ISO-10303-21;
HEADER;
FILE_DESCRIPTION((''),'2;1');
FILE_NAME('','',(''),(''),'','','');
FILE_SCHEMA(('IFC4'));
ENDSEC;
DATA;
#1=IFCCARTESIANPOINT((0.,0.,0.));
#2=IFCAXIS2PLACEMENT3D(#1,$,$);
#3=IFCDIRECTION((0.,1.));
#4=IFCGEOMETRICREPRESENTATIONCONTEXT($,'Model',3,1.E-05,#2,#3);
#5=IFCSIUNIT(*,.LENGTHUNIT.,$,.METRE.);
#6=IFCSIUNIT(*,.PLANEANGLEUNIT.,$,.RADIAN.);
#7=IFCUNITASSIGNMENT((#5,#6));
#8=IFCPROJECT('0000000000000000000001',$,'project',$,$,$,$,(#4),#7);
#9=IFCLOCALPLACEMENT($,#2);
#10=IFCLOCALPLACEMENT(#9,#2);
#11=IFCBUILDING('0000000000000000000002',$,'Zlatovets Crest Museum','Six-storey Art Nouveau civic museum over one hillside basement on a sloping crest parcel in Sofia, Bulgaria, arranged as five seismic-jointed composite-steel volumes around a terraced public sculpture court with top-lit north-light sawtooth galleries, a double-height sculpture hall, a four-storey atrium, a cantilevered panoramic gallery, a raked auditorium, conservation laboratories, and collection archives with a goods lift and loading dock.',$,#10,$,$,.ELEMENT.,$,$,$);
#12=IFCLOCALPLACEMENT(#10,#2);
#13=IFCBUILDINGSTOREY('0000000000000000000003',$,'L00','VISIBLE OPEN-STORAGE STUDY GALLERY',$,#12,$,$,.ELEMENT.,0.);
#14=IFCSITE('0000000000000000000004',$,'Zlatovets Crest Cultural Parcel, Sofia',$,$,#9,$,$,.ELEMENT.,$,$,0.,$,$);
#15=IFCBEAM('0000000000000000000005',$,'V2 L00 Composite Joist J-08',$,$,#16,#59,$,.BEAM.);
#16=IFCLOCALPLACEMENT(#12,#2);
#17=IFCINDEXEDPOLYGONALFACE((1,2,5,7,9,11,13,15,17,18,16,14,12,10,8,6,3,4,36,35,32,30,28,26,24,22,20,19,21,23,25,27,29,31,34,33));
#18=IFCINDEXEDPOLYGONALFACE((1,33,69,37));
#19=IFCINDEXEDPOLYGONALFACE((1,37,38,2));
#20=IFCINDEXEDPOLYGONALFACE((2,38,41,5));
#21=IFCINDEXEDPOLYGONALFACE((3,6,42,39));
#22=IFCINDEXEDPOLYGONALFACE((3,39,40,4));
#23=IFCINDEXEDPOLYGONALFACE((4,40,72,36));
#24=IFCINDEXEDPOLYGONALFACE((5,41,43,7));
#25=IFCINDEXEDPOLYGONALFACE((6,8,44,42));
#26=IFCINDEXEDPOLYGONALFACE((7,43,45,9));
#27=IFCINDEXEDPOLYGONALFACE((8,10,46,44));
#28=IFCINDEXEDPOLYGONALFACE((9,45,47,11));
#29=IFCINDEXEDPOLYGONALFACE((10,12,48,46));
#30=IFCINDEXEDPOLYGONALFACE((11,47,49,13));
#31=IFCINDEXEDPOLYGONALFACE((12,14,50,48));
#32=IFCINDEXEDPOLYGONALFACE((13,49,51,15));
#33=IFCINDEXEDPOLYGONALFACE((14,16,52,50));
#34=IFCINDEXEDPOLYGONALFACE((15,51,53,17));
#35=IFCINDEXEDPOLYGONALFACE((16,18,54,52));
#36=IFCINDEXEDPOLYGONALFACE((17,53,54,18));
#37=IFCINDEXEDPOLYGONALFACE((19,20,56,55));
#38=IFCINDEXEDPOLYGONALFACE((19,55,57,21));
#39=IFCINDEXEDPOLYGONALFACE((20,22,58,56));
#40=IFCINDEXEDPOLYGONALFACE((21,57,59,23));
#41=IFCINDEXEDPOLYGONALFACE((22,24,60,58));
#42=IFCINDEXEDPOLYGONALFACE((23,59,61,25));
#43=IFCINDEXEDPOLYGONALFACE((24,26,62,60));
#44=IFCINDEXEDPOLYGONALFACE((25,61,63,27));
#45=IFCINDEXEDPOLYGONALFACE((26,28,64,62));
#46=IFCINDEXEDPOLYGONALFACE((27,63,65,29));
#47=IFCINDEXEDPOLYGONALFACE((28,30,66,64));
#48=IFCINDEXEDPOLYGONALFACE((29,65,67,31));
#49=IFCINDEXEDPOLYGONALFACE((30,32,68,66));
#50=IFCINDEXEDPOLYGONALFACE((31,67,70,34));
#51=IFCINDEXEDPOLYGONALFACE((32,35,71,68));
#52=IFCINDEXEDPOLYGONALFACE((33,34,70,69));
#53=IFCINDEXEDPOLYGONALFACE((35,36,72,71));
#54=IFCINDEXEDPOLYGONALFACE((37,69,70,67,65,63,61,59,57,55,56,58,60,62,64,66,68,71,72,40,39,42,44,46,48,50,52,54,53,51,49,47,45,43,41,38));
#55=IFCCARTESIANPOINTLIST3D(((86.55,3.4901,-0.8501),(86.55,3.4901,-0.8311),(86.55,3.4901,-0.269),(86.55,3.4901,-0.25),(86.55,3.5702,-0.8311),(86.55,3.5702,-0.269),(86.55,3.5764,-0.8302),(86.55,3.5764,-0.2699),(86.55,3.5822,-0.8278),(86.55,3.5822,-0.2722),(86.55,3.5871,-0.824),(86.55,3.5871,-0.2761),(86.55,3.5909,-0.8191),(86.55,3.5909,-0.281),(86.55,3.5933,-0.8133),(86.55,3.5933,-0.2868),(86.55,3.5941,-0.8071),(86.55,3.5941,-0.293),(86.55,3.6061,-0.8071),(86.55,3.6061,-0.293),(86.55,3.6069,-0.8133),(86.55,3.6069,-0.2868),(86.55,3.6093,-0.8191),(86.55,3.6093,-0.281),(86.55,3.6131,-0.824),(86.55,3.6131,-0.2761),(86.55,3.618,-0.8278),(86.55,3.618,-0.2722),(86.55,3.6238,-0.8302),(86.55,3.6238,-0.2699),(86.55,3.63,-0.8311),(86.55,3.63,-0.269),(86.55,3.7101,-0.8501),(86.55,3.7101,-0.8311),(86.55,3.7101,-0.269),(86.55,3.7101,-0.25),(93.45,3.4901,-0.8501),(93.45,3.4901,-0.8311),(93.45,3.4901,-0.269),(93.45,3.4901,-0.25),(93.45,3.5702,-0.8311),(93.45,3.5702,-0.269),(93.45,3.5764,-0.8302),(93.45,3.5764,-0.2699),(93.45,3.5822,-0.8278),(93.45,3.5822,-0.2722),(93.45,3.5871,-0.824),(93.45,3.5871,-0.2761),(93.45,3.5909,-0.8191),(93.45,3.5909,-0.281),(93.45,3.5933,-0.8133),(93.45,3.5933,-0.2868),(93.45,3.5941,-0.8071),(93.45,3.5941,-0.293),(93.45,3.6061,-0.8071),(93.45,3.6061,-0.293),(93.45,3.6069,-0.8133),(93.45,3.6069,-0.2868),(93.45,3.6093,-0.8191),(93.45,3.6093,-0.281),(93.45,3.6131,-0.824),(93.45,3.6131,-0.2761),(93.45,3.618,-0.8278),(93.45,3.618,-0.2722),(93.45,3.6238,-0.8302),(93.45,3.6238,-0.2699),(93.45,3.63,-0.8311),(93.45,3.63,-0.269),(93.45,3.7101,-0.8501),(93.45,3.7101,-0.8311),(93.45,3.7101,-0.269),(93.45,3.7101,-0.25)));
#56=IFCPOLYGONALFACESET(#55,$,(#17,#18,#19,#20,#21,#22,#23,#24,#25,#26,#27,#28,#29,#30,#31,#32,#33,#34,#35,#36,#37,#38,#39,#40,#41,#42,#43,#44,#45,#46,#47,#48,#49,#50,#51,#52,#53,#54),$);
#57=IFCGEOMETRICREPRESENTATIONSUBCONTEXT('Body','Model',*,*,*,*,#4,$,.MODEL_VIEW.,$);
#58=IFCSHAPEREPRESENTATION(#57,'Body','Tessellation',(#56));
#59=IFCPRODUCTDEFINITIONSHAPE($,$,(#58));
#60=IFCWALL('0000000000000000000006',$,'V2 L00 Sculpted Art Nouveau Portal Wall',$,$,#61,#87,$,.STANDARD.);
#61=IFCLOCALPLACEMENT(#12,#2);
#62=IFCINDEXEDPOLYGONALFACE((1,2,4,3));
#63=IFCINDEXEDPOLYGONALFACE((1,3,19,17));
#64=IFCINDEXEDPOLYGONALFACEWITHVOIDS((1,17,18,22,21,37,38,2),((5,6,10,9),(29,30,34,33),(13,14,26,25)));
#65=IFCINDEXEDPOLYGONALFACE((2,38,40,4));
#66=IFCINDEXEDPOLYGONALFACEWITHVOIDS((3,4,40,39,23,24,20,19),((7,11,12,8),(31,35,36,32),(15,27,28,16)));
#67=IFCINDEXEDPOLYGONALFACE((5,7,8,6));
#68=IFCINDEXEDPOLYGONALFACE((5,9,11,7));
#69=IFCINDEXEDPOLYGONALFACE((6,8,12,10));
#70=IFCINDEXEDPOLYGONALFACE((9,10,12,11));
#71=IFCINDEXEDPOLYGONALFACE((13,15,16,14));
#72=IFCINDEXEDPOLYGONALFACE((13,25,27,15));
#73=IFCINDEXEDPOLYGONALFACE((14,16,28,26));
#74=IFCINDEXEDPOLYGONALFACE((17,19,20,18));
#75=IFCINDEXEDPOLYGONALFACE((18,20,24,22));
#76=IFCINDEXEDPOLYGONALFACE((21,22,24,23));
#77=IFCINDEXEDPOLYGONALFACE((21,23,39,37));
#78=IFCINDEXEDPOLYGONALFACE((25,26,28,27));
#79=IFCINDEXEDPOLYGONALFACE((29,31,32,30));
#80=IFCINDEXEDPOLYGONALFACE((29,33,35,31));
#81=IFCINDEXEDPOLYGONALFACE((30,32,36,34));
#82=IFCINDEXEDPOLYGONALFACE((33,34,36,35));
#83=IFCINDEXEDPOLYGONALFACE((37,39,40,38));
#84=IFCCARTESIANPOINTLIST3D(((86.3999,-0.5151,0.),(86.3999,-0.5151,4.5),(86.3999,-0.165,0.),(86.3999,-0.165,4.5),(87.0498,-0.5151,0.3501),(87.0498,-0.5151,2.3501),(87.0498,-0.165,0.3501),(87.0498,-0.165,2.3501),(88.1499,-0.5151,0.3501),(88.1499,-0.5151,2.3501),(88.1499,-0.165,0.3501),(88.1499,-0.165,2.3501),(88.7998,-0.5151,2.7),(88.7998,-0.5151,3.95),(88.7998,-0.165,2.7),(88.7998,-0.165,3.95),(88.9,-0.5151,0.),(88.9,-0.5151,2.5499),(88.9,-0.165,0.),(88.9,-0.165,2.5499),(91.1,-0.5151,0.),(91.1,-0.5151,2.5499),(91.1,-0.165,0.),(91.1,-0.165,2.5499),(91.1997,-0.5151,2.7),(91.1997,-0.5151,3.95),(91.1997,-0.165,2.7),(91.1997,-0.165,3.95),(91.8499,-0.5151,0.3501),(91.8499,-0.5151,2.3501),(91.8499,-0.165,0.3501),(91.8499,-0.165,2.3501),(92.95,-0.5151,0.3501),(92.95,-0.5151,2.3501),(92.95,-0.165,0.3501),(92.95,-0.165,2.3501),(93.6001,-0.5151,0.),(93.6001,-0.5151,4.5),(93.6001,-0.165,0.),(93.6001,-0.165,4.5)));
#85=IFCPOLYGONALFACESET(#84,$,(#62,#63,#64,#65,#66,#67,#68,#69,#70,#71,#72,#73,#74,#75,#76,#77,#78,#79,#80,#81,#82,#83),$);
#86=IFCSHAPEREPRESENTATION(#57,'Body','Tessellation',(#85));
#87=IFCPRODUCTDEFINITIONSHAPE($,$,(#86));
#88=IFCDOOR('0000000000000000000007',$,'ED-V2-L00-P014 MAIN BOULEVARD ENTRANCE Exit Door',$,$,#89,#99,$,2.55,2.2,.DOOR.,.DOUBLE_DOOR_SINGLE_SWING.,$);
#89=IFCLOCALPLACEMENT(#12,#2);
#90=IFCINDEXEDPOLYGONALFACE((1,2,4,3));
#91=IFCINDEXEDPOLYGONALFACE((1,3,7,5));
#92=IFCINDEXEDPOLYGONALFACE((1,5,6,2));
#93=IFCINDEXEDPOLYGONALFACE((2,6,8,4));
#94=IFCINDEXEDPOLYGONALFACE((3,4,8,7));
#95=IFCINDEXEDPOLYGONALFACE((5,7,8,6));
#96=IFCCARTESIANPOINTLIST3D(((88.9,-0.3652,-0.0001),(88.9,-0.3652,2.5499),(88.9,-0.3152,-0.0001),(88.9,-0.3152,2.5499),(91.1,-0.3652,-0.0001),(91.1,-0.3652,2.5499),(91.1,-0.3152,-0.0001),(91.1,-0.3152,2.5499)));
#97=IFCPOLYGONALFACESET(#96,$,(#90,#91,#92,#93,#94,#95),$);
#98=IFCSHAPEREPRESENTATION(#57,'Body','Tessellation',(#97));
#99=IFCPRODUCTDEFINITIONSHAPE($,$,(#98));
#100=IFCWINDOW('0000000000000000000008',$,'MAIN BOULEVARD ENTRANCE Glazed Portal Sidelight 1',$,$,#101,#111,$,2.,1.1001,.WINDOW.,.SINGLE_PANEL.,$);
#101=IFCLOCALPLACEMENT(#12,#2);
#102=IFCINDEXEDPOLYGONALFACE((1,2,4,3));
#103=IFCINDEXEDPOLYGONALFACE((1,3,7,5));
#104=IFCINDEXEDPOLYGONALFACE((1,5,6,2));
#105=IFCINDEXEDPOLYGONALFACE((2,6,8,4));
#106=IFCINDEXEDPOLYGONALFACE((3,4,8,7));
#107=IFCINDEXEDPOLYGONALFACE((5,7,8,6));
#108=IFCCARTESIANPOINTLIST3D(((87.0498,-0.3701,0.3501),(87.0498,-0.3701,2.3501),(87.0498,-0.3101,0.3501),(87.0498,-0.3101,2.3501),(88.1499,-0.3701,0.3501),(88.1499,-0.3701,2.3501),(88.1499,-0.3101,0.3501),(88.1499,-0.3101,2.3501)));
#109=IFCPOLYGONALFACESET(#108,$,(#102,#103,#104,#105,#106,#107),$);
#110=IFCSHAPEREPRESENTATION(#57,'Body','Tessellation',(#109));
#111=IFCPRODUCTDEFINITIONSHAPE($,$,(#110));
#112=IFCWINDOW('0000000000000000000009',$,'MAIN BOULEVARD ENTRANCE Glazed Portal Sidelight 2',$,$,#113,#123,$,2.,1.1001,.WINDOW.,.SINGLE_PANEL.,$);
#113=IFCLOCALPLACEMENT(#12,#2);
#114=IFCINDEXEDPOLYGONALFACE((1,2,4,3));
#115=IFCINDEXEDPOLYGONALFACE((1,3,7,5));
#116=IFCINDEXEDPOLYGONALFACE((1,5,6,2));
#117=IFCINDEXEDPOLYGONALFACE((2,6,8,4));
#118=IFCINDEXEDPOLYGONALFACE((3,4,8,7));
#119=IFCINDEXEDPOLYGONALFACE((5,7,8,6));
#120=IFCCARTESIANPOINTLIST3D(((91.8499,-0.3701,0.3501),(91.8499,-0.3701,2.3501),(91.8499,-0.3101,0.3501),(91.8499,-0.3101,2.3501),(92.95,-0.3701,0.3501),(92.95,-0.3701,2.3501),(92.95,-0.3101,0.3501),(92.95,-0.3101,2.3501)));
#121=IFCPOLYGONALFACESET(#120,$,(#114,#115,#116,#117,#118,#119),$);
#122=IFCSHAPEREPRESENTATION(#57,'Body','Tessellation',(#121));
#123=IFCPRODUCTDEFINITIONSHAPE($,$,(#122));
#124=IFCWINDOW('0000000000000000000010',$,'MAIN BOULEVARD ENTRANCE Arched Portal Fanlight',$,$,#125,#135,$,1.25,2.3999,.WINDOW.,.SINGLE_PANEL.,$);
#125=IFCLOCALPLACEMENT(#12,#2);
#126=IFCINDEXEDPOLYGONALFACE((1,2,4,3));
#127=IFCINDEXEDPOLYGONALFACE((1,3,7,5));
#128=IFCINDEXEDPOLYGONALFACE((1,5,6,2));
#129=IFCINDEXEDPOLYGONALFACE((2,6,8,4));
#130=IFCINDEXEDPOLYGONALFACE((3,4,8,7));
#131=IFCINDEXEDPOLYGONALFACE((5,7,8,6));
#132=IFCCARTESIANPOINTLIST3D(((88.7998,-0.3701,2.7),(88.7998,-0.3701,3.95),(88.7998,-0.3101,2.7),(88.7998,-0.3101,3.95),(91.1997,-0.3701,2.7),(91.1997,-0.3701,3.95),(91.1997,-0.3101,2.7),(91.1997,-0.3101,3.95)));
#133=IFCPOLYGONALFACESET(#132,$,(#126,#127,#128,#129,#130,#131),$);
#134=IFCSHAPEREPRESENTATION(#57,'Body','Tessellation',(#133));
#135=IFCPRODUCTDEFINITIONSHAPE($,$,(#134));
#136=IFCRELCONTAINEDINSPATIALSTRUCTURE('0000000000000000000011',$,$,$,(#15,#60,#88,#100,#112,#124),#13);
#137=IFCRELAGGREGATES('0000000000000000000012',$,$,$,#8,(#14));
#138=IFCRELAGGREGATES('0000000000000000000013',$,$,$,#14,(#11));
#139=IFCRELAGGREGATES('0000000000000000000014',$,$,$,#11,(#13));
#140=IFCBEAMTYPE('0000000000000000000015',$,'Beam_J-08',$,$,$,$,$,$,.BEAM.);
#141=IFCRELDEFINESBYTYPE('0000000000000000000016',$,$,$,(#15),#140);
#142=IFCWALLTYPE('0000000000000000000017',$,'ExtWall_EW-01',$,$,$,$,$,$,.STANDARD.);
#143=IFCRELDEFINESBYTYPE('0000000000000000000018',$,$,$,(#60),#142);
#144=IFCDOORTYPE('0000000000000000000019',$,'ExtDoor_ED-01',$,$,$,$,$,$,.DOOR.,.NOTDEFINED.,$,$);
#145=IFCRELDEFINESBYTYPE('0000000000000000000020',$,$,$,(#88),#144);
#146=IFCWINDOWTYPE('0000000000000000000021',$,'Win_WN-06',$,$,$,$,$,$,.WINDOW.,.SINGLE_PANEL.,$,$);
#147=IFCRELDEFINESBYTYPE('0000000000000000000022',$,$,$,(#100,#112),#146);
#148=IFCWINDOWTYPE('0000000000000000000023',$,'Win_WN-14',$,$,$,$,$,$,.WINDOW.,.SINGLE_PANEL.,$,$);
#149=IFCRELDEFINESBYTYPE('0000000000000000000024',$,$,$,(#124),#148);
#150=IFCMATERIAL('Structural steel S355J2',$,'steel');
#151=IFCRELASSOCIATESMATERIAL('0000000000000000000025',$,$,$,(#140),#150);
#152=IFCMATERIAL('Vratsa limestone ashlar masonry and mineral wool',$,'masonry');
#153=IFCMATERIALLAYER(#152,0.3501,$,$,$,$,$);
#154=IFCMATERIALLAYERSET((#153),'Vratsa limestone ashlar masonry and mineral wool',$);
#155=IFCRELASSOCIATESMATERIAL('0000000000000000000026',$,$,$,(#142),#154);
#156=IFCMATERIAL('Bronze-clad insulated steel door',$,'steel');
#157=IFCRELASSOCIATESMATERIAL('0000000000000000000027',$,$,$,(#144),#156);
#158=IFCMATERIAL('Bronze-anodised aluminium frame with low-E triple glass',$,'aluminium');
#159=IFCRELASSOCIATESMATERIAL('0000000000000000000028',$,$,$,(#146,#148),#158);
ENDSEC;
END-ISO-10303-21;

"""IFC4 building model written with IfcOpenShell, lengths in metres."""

from ifc_helpers import new_model, si_unit, direction, frame, frame_2d, origin, origin_2d, place, context, subcontext, project, spatial, rectangle, i_section, extrude, material, layer, layer_set, material_profile, profile_set, type_object, element, fill, save


model = new_model("IFC4")

# Units and contexts
model_context = context("Model", 3, precision=1e-05, world=origin(), true_north=direction((0.0, 1.0)))
body_context = subcontext(model_context, "Body", "Model", "MODEL_VIEW")
ifc_project = project(units=[si_unit("LENGTHUNIT", "METRE"), si_unit("PLANEANGLEUNIT", "RADIAN")], contexts=[model_context])

# Site, building, storey
site_placement = place(None, origin())
site = spatial("IfcSite", under=ifc_project, at=site_placement, Name="Zlatovets Crest Cultural Parcel, Sofia", CompositionType="ELEMENT", RefElevation=0.0)
building_placement = place(site_placement, origin())
building = spatial("IfcBuilding", under=site, at=building_placement, Name="Zlatovets Crest Museum", Description="Six-storey Art Nouveau civic museum over one hillside basement on a sloping crest parcel in Sofia, Bulgaria, arranged as five seismic-jointed composite-steel volumes around a terraced public sculpture court with top-lit north-light sawtooth galleries, a double-height sculpture hall, a four-storey atrium, a cantilevered panoramic gallery, a raked auditorium, conservation laboratories, and collection archives with a goods lift and loading dock.", CompositionType="ELEMENT")
storey_placement = place(building_placement, origin())
storey = spatial("IfcBuildingStorey", under=building, at=storey_placement, Name="L00", Description="VISIBLE OPEN-STORAGE STUDY GALLERY", CompositionType="ELEMENT", Elevation=0.0)

# Shared definitions
ifc_material_1 = material(Name="Structural steel S355J2", Category="steel")

# Beam
ifc_material_profile_1 = material_profile(ifc_material_1, i_section(OverallWidth=0.22, OverallDepth=0.6001, WebThickness=0.012, FlangeThickness=0.019, FilletRadius=0.0239, at=origin_2d()), Name="IPE 600")
ifc_profile_set_1 = profile_set([ifc_material_profile_1], Name="Structural steel S355J2")
beam_type_1 = type_object("IfcBeamType", Name="Beam_J-08", PredefinedType="BEAM", material=ifc_profile_set_1)
for number, where, z_axis, x_axis, name in (
    (1, (86.55, 3.6001, -0.55), (1.0, 0.0, 0.0), (0.0, 1.0, 0.0), "V2 L00 Composite Joist J-08"),
):
    element("IfcBeam", number, at=place(storey_placement, frame(where, z_axis=z_axis, x_axis=x_axis)), inside=storey, type_object=beam_type_1, Name=name, PredefinedType="BEAM", context=body_context, shape_type="SweptSolid", body=[
        extrude(i_section(OverallWidth=0.22, OverallDepth=0.6001, WebThickness=0.012, FlangeThickness=0.019, FilletRadius=0.0239, at=origin_2d()), origin(), (0.0, 0.0, 1.0), 6.8999),
    ])

# Wall, openings, door, windows
ifc_material_2 = material(Name="Vratsa limestone ashlar masonry and mineral wool", Category="masonry")
ifc_layer_1 = layer(ifc_material_2, 0.3501)
ifc_layer_set_1 = layer_set([ifc_layer_1], Name="Vratsa limestone ashlar masonry and mineral wool")
wall_type = type_object("IfcWallType", Name="ExtWall_EW-01", PredefinedType="STANDARD", material=ifc_layer_set_1)
wall_1_placement = place(storey_placement, frame((86.3999, -0.3401, 0.0), z_axis=(0.0, 0.0, 1.0), x_axis=(1.0, 0.0, 0.0)))
wall_1 = element("IfcWall", 2, at=wall_1_placement, inside=storey, type_object=wall_type, Name="V2 L00 Sculpted Art Nouveau Portal Wall", PredefinedType="STANDARD", context=body_context, shape_type="SweptSolid", body=[
    extrude(rectangle(XDim=7.2002, YDim=0.3501, at=frame_2d((3.6001, 0.0))), origin(), (0.0, 0.0, 1.0), 4.5),
])
opening_1_placement = place(wall_1_placement, frame((2.5, 0.0, 0.0)))
opening_1 = element("IfcOpeningElement", 3, at=opening_1_placement, cuts=wall_1, PredefinedType="OPENING", context=body_context, shape_type="SweptSolid", body=[
    extrude(rectangle(XDim=2.2, YDim=2.55, at=frame_2d((1.1001, 1.2749))), frame((0.0, 0.1851, 0.0), z_axis=(0.0, -1.0, 0.0), x_axis=(1.0, 0.0, 0.0)), (0.0, 0.0, 1.0), 0.3701),
])
opening_2_placement = place(wall_1_placement, frame((2.3999, 0.0, 2.7)))
opening_2 = element("IfcOpeningElement", 4, at=opening_2_placement, cuts=wall_1, PredefinedType="OPENING", context=body_context, shape_type="SweptSolid", body=[
    extrude(rectangle(XDim=2.3999, YDim=1.25, at=frame_2d((1.2, 0.625))), frame((0.0, 0.1851, 0.0), z_axis=(0.0, -1.0, 0.0), x_axis=(1.0, 0.0, 0.0)), (0.0, 0.0, 1.0), 0.3701),
])
opening_3_placement = place(wall_1_placement, frame((0.6499, 0.0, 0.3501)))
opening_3 = element("IfcOpeningElement", 5, at=opening_3_placement, cuts=wall_1, PredefinedType="OPENING", context=body_context, shape_type="SweptSolid", body=[
    extrude(rectangle(XDim=1.1001, YDim=2.0, at=frame_2d((0.55, 1.0))), frame((0.0, 0.1851, 0.0), z_axis=(0.0, -1.0, 0.0), x_axis=(1.0, 0.0, 0.0)), (0.0, 0.0, 1.0), 0.3701),
])
opening_4_placement = place(wall_1_placement, frame((5.45, 0.0, 0.3501)))
opening_4 = element("IfcOpeningElement", 6, at=opening_4_placement, cuts=wall_1, PredefinedType="OPENING", context=body_context, shape_type="SweptSolid", body=[
    extrude(rectangle(XDim=1.1001, YDim=2.0, at=frame_2d((0.55, 1.0))), frame((0.0, 0.1851, 0.0), z_axis=(0.0, -1.0, 0.0), x_axis=(1.0, 0.0, 0.0)), (0.0, 0.0, 1.0), 0.3701),
])
ifc_material_3 = material(Name="Bronze-clad insulated steel door", Category="steel")
door_type = type_object("IfcDoorType", Name="ExtDoor_ED-01", OperationType="NOTDEFINED", PredefinedType="DOOR", material=ifc_material_3)
door_placement = place(opening_1_placement, origin())
door = element("IfcDoor", 7, at=door_placement, inside=storey, type_object=door_type, Name="ED-V2-L00-P014 MAIN BOULEVARD ENTRANCE Exit Door", OperationType="DOUBLE_DOOR_SINGLE_SWING", OverallHeight=2.55, OverallWidth=2.2, PredefinedType="DOOR", context=body_context, shape_type="SweptSolid", body=[
    extrude(rectangle(XDim=2.2, YDim=2.55, at=frame_2d((1.1001, 1.2749))), frame((0.0, 0.0249, 0.0), z_axis=(0.0, -1.0, 0.0), x_axis=(1.0, 0.0, 0.0)), (0.0, 0.0, 1.0), 0.05),
])
fill(opening_1, door)
ifc_material_4 = material(Name="Bronze-anodised aluminium frame with low-E triple glass", Category="aluminium")
window_type_1 = type_object("IfcWindowType", Name="Win_WN-06", PartitioningType="SINGLE_PANEL", PredefinedType="WINDOW", material=ifc_material_4)
window_1_placement = place(opening_3_placement, origin())
window_1 = element("IfcWindow", 8, at=window_1_placement, inside=storey, type_object=window_type_1, Name="MAIN BOULEVARD ENTRANCE Glazed Portal Sidelight 1", OverallHeight=2.0, OverallWidth=1.1001, PartitioningType="SINGLE_PANEL", PredefinedType="WINDOW", context=body_context, shape_type="SweptSolid", body=[
    extrude(rectangle(XDim=1.1001, YDim=2.0, at=frame_2d((0.55, 1.0))), frame((0.0, 0.03, 0.0), z_axis=(0.0, -1.0, 0.0), x_axis=(1.0, 0.0, 0.0)), (0.0, 0.0, 1.0), 0.0601),
])
fill(opening_3, window_1)
window_2_placement = place(opening_4_placement, origin())
window_2 = element("IfcWindow", 9, at=window_2_placement, inside=storey, type_object=window_type_1, Name="MAIN BOULEVARD ENTRANCE Glazed Portal Sidelight 2", OverallHeight=2.0, OverallWidth=1.1001, PartitioningType="SINGLE_PANEL", PredefinedType="WINDOW", context=body_context, shape_type="SweptSolid", body=[
    extrude(rectangle(XDim=1.1001, YDim=2.0, at=frame_2d((0.55, 1.0))), frame((0.0, 0.03, 0.0), z_axis=(0.0, -1.0, 0.0), x_axis=(1.0, 0.0, 0.0)), (0.0, 0.0, 1.0), 0.0601),
])
fill(opening_4, window_2)
window_type_2 = type_object("IfcWindowType", Name="Win_WN-14", PartitioningType="SINGLE_PANEL", PredefinedType="WINDOW", material=ifc_material_4)
window_3_placement = place(opening_2_placement, origin())
window_3 = element("IfcWindow", 10, at=window_3_placement, inside=storey, type_object=window_type_2, Name="MAIN BOULEVARD ENTRANCE Arched Portal Fanlight", OverallHeight=1.25, OverallWidth=2.3999, PartitioningType="SINGLE_PANEL", PredefinedType="WINDOW", context=body_context, shape_type="SweptSolid", body=[
    extrude(rectangle(XDim=2.3999, YDim=1.25, at=frame_2d((1.2, 0.625))), frame((0.0, 0.03, 0.0), z_axis=(0.0, -1.0, 0.0), x_axis=(1.0, 0.0, 0.0)), (0.0, 0.0, 1.0), 0.0601),
])
fill(opening_2, window_3)

save(model, "model.ifc")
